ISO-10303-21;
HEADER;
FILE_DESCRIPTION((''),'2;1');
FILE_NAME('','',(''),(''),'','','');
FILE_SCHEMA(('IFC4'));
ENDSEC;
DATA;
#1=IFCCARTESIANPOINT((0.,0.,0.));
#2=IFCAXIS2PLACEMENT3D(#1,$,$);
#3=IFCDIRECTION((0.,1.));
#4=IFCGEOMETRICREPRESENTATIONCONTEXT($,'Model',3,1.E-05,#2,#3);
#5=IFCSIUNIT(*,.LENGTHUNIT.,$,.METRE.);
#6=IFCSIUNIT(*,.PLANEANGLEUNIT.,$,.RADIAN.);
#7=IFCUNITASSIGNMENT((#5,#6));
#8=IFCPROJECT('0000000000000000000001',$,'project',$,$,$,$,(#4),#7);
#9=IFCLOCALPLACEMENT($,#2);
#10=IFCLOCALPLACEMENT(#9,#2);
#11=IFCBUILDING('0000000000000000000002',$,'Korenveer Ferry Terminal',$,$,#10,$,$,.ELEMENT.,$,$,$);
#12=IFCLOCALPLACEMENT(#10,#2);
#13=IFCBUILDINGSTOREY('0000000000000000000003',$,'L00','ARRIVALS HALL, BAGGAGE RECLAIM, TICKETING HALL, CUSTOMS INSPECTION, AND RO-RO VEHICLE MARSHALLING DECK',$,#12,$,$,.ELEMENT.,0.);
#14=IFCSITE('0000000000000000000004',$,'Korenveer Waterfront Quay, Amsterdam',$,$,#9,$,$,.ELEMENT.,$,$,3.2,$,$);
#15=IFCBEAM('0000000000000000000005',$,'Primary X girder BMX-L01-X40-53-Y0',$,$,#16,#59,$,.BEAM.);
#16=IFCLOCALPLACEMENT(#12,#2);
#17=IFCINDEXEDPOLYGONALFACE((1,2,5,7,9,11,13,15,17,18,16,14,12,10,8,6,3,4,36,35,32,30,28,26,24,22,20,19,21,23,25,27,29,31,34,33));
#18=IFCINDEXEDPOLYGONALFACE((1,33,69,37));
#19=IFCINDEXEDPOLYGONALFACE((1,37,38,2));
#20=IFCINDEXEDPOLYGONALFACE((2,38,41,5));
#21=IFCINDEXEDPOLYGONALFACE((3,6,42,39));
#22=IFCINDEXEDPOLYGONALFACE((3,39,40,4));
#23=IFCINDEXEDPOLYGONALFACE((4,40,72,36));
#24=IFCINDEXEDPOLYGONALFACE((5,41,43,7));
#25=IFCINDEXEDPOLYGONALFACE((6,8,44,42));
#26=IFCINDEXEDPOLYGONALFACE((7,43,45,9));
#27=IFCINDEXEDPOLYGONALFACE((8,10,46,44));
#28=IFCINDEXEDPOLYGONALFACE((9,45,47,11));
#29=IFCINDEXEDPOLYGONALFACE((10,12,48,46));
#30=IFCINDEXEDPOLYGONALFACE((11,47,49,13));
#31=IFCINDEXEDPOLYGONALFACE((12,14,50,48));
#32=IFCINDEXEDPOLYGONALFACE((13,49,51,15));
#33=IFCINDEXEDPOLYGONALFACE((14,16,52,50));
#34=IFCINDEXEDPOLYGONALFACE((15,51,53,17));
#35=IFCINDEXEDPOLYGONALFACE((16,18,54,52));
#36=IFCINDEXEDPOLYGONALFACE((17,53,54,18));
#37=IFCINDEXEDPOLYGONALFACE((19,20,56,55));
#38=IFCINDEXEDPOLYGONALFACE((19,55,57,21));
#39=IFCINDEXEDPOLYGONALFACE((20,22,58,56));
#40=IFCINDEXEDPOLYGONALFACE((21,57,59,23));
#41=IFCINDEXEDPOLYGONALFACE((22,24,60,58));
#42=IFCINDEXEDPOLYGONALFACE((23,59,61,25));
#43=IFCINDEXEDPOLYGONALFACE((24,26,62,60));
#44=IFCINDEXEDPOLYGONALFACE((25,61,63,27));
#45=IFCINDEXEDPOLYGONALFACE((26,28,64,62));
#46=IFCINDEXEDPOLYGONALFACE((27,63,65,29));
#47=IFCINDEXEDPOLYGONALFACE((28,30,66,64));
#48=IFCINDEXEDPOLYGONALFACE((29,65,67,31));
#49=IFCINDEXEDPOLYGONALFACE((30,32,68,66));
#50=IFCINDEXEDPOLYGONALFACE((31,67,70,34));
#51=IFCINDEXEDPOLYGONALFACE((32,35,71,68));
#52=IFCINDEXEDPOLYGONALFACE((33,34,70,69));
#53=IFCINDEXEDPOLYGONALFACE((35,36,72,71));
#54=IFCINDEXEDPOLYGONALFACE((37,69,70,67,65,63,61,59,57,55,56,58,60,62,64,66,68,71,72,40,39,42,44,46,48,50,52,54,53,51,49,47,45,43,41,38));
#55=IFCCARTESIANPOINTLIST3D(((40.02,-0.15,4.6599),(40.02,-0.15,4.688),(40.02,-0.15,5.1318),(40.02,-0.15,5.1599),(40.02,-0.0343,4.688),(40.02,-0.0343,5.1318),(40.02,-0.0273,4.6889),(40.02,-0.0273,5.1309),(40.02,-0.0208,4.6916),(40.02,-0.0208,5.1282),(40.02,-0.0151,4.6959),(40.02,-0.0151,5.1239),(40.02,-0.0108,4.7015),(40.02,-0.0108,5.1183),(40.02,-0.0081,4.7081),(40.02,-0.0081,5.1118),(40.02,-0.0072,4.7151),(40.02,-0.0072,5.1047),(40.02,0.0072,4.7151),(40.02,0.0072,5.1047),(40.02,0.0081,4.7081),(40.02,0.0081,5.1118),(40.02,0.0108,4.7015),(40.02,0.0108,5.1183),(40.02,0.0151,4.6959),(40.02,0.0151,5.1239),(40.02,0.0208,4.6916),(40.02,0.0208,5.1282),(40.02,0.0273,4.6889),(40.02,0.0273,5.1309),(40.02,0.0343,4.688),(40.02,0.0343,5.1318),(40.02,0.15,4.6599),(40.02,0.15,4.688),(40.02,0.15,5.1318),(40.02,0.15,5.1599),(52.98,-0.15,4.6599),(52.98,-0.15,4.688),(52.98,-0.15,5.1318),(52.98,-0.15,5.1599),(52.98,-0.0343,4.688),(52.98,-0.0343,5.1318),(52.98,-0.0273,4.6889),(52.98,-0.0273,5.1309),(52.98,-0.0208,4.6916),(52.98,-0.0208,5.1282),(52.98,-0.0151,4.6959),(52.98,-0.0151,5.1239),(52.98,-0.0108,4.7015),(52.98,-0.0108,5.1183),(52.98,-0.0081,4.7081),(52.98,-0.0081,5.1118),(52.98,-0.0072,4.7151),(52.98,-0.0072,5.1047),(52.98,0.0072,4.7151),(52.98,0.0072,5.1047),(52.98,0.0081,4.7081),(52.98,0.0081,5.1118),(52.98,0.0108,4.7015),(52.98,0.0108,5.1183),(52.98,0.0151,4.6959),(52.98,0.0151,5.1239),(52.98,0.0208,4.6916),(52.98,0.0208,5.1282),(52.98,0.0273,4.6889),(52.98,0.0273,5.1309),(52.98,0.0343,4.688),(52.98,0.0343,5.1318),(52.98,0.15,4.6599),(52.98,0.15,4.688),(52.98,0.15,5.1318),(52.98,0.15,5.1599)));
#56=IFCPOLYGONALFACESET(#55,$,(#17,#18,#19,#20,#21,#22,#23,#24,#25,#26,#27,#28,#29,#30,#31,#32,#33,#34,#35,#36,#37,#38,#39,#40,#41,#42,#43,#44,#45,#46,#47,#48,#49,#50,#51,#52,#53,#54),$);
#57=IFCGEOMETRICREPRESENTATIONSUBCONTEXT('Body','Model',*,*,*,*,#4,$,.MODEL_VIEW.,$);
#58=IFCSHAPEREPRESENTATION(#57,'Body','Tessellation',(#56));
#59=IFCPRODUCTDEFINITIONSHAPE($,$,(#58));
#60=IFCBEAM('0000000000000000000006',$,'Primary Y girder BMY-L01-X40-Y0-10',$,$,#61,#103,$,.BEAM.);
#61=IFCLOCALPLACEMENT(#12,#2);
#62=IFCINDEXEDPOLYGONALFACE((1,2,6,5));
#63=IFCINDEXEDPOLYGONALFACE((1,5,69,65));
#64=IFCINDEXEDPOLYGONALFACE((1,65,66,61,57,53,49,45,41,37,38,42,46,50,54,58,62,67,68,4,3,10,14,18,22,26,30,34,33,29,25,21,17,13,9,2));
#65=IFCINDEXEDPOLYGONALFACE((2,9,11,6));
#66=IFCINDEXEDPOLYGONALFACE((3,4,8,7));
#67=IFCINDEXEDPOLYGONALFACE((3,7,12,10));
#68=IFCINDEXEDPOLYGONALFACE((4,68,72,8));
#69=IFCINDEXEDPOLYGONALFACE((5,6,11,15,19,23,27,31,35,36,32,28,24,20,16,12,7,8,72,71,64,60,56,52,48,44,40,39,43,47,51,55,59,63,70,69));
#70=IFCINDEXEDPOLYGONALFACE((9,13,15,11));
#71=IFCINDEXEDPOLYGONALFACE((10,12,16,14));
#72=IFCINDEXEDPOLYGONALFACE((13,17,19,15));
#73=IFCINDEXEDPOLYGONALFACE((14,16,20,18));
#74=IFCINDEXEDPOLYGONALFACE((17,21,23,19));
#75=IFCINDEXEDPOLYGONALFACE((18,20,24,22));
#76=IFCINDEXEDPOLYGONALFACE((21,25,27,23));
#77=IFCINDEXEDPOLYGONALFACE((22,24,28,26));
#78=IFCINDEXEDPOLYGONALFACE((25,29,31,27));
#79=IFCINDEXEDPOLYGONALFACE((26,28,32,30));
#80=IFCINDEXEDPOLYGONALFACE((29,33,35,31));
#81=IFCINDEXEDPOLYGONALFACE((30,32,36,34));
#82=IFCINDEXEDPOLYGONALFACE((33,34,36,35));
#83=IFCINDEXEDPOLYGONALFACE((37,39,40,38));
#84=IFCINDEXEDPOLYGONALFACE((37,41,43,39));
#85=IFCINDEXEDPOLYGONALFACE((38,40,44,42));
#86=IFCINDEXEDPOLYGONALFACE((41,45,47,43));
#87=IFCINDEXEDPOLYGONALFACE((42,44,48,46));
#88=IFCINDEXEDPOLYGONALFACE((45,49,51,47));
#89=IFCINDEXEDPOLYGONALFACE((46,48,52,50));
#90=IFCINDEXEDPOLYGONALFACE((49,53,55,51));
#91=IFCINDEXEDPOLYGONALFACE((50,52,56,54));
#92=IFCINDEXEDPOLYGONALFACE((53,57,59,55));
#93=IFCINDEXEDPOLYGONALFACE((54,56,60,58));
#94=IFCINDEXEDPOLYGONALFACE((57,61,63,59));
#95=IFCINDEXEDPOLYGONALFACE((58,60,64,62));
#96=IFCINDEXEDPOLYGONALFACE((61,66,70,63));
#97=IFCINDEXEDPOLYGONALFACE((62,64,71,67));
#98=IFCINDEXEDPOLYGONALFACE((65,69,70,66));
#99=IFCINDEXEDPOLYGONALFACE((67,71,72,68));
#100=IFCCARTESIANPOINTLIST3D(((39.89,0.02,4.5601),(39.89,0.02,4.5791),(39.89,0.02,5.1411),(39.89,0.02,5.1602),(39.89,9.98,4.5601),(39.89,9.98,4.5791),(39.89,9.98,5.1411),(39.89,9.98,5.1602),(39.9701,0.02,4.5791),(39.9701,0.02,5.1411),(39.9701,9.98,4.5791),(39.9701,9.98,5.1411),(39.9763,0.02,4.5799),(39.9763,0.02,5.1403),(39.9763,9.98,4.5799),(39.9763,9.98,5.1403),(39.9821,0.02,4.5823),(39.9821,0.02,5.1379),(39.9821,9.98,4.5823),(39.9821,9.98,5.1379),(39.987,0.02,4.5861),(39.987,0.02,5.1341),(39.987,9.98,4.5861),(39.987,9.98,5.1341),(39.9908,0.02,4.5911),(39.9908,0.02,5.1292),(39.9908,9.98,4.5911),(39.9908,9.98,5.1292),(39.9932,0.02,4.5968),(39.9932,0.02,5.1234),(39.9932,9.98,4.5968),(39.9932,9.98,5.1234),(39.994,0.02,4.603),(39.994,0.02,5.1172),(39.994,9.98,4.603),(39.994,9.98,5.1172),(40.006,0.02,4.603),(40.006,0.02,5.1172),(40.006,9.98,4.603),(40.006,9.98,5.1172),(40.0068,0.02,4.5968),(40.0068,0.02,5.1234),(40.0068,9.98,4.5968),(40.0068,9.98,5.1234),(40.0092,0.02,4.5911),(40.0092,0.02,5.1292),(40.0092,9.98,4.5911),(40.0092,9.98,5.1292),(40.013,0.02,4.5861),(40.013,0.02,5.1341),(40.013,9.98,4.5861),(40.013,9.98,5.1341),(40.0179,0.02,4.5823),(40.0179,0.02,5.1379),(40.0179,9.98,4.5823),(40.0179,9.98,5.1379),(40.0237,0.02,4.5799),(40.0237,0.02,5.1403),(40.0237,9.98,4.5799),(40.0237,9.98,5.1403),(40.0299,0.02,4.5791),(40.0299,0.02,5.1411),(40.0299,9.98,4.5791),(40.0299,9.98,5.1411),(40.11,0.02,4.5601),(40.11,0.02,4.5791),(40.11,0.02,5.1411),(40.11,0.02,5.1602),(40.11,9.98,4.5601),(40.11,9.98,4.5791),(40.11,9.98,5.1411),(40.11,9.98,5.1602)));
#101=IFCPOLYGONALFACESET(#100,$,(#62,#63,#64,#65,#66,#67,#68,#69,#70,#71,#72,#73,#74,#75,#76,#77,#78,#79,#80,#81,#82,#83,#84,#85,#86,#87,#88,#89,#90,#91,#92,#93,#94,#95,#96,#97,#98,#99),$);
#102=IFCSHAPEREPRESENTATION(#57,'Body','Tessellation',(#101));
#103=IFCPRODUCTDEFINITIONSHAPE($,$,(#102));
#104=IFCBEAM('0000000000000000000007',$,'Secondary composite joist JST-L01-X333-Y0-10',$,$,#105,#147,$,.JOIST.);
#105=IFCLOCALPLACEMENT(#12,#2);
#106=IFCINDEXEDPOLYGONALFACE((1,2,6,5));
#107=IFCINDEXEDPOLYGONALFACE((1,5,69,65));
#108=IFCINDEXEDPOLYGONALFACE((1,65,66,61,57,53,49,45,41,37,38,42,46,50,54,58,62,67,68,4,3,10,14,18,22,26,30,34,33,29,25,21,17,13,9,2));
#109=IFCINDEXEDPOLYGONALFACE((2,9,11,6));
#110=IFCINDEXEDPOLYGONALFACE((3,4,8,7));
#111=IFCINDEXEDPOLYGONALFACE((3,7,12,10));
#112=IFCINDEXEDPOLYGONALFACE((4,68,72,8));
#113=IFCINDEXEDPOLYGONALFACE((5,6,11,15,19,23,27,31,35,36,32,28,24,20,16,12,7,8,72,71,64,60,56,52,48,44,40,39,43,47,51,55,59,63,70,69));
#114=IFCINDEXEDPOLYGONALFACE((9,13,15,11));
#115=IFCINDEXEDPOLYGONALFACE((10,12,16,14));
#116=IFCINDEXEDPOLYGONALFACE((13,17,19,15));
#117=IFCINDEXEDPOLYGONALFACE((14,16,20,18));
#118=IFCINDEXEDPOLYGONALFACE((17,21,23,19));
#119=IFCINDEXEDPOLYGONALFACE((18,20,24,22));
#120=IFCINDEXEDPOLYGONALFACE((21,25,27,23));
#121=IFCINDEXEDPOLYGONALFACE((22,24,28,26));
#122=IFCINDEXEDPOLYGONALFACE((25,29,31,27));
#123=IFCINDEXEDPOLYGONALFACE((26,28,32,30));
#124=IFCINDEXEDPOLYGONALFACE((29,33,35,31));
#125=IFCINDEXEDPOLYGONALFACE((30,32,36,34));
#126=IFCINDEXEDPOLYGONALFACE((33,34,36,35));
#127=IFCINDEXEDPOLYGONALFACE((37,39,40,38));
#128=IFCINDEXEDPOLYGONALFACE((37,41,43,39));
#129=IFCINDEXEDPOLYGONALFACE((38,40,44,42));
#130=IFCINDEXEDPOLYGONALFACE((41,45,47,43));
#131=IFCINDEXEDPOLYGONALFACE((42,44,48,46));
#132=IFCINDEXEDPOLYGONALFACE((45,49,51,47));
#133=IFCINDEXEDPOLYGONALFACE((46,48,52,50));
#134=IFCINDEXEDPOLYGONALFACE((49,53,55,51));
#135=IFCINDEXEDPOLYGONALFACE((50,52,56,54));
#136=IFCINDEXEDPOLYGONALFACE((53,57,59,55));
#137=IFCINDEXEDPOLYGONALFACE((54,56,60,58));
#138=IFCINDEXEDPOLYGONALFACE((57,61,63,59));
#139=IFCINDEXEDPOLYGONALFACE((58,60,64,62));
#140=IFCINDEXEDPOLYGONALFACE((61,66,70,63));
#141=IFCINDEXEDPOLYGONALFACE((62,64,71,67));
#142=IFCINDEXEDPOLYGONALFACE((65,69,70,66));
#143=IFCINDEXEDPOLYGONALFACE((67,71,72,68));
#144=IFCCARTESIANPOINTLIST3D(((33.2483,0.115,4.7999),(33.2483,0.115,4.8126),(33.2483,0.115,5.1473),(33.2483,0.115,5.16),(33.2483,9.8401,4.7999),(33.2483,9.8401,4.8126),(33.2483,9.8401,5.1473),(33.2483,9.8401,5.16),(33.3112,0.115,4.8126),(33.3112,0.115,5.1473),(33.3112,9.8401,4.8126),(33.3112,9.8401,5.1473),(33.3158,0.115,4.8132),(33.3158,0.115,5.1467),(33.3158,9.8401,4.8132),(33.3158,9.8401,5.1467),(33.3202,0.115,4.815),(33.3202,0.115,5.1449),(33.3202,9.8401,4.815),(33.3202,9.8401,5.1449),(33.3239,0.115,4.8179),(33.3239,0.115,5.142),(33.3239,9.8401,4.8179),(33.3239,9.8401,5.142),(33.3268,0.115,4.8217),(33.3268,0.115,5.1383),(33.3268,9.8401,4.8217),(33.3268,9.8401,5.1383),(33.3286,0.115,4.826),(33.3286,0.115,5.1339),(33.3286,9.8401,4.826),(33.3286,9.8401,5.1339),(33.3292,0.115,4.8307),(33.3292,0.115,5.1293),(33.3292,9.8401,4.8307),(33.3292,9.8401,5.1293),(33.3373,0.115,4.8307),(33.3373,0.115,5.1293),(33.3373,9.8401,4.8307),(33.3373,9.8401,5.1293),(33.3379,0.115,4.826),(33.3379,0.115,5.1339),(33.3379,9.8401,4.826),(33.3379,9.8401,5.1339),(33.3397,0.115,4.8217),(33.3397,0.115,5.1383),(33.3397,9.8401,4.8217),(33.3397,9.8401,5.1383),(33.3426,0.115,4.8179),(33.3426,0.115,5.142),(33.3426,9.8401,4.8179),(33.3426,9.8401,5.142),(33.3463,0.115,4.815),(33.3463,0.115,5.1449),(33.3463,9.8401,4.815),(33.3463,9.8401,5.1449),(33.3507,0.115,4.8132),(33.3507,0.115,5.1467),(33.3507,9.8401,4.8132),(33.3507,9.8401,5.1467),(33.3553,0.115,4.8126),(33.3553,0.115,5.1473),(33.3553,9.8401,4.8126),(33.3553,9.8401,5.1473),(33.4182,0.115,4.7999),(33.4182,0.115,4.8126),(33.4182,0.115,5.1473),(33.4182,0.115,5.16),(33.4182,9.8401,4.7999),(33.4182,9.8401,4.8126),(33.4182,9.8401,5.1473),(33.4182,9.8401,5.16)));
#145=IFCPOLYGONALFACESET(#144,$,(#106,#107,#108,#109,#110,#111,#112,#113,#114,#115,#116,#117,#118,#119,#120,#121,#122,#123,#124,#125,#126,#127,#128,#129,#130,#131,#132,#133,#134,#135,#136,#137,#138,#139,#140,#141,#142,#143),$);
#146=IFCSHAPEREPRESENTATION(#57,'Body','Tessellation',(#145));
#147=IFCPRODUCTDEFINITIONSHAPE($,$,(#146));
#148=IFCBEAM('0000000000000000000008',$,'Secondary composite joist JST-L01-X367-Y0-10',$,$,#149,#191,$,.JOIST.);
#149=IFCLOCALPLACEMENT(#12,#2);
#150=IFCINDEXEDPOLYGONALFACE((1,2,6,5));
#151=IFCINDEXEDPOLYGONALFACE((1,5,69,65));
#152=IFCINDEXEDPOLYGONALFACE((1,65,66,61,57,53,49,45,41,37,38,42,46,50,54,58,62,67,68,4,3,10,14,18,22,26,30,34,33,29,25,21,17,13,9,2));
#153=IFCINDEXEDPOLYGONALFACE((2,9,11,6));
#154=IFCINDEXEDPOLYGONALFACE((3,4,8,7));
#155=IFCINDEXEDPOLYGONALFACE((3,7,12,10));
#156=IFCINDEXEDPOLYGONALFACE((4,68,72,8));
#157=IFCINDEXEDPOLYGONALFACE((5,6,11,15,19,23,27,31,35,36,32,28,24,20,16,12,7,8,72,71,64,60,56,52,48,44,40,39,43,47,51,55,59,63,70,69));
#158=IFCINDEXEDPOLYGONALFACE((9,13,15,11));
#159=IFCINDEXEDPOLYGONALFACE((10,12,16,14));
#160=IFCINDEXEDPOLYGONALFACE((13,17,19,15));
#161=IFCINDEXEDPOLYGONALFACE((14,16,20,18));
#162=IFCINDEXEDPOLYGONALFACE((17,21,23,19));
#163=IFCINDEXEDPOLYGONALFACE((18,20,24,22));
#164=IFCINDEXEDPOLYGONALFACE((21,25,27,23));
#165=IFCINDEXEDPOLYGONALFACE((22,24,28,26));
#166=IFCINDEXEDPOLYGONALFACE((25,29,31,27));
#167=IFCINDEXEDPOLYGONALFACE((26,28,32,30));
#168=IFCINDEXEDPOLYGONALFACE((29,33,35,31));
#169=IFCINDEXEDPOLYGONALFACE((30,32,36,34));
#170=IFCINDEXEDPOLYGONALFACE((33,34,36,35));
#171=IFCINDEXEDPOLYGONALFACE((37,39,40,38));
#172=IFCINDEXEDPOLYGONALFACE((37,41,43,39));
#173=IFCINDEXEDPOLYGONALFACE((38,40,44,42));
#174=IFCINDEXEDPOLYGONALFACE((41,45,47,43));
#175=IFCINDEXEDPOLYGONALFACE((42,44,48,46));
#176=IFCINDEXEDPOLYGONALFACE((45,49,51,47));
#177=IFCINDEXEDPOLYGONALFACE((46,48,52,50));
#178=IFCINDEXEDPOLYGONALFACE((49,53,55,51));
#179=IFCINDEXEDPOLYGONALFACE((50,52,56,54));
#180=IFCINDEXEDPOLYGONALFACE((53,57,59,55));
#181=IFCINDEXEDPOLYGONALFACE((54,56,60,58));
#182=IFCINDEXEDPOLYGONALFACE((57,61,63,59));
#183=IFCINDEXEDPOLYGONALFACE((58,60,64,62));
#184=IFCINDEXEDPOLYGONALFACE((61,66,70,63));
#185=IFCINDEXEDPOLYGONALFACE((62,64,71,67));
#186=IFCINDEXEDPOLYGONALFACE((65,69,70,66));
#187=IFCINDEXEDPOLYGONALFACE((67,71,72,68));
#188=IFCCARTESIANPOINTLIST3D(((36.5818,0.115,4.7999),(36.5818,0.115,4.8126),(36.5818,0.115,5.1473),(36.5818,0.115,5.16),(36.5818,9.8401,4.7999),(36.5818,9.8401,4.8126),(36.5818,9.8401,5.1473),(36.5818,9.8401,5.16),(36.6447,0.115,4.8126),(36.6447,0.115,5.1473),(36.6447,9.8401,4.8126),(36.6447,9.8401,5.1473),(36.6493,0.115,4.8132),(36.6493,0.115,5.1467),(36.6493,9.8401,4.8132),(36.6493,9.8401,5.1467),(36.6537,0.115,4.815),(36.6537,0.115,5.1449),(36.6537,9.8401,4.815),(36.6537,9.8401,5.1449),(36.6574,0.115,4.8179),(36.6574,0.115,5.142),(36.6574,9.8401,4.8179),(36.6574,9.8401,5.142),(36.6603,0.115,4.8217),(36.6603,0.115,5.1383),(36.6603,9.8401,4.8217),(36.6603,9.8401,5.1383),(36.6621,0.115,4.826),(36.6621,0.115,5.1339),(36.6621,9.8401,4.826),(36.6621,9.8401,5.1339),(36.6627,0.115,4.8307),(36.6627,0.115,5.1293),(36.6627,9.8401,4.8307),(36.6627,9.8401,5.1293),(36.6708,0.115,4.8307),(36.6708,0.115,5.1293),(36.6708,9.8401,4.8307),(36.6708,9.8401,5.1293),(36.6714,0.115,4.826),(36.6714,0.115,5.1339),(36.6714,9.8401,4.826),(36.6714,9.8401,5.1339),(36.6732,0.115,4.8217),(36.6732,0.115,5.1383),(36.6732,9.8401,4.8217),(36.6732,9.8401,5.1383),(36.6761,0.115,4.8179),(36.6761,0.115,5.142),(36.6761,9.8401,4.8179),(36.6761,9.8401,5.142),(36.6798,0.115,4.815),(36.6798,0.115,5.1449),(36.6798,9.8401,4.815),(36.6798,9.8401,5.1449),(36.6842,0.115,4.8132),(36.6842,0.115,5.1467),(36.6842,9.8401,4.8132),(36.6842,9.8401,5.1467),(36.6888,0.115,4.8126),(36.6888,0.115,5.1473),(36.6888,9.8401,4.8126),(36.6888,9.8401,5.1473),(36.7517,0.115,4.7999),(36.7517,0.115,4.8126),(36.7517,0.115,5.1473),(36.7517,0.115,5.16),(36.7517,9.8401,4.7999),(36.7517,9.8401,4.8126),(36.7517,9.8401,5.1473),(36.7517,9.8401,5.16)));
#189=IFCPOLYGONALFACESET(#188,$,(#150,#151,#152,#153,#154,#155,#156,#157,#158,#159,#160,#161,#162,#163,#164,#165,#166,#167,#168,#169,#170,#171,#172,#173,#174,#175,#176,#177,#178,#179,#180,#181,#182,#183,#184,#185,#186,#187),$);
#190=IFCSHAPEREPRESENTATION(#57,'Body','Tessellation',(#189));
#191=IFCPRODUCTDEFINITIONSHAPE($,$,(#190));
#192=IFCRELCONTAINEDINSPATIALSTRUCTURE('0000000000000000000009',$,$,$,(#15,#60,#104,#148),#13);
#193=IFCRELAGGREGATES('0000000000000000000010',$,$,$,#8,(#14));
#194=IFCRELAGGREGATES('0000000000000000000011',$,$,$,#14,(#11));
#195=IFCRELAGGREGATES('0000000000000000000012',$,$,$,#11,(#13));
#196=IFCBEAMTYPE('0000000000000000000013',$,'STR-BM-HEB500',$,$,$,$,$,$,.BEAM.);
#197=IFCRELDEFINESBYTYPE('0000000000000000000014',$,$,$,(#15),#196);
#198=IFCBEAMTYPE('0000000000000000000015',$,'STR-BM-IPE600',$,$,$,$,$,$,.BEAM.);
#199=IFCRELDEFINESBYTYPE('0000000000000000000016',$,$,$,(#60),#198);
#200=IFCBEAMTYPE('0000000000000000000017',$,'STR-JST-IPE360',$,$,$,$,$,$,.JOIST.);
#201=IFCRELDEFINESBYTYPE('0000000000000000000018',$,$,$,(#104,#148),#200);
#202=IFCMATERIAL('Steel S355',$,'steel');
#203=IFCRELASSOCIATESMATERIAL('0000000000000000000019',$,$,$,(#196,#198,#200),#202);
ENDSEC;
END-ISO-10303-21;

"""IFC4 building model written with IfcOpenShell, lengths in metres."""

from ifc_helpers import new_model, si_unit, direction, frame, origin, origin_2d, place, context, subcontext, project, spatial, i_section, extrude, material, material_profile, profile_set, type_object, element, save


model = new_model("IFC4")

# Units and contexts
model_context = context("Model", 3, precision=1e-05, world=origin(), true_north=direction((0.0, 1.0)))
body_context = subcontext(model_context, "Body", "Model", "MODEL_VIEW")
ifc_project = project(units=[si_unit("LENGTHUNIT", "METRE"), si_unit("PLANEANGLEUNIT", "RADIAN")], contexts=[model_context])

# Site, building, storey
site_placement = place(None, origin())
site = spatial("IfcSite", under=ifc_project, at=site_placement, Name="Korenveer Waterfront Quay, Amsterdam", CompositionType="ELEMENT", RefElevation=3.2)
building_placement = place(site_placement, origin())
building = spatial("IfcBuilding", under=site, at=building_placement, Name="Korenveer Ferry Terminal", CompositionType="ELEMENT")
storey_placement = place(building_placement, origin())
storey = spatial("IfcBuildingStorey", under=building, at=storey_placement, Name="L00", Description="ARRIVALS HALL, BAGGAGE RECLAIM, TICKETING HALL, CUSTOMS INSPECTION, AND RO-RO VEHICLE MARSHALLING DECK", CompositionType="ELEMENT", Elevation=0.0)

# Shared definitions
ifc_material_1 = material(Name="Steel S355", Category="steel")

# Beams
ifc_material_profile_1 = material_profile(ifc_material_1, i_section(OverallWidth=0.3, OverallDepth=0.5, WebThickness=0.0144, FlangeThickness=0.0281, FilletRadius=0.0271, at=origin_2d()), Name="HEB 500")
ifc_profile_set_1 = profile_set([ifc_material_profile_1], Name="Steel S355")
beam_type_1 = type_object("IfcBeamType", Name="STR-BM-HEB500", PredefinedType="BEAM", material=ifc_profile_set_1)
beam_1_placement = place(storey_placement, frame((40.02, 0.0, 4.9099), z_axis=(1.0, 0.0, 0.0), x_axis=(0.0, 1.0, 0.0)))
element("IfcBeam", 1, at=beam_1_placement, inside=storey, type_object=beam_type_1, Name="Primary X girder BMX-L01-X40-53-Y0", PredefinedType="BEAM", context=body_context, shape_type="SweptSolid", body=[
    extrude(i_section(OverallWidth=0.3, OverallDepth=0.5, WebThickness=0.0144, FlangeThickness=0.0281, FilletRadius=0.0271, at=origin_2d()), origin(), (0.0, 0.0, 1.0), 12.96),
])
ifc_material_profile_2 = material_profile(ifc_material_1, i_section(OverallWidth=0.22, OverallDepth=0.6001, WebThickness=0.012, FlangeThickness=0.019, FilletRadius=0.0239, at=origin_2d()), Name="IPE 600")
ifc_profile_set_2 = profile_set([ifc_material_profile_2], Name="Steel S355")
beam_type_2 = type_object("IfcBeamType", Name="STR-BM-IPE600", PredefinedType="BEAM", material=ifc_profile_set_2)
beam_2_placement = place(storey_placement, frame((40.0, 0.02, 4.8601), z_axis=(0.0, 1.0, 0.0), x_axis=(-1.0, 0.0, 0.0)))
element("IfcBeam", 2, at=beam_2_placement, inside=storey, type_object=beam_type_2, Name="Primary Y girder BMY-L01-X40-Y0-10", PredefinedType="BEAM", context=body_context, shape_type="SweptSolid", body=[
    extrude(i_section(OverallWidth=0.22, OverallDepth=0.6001, WebThickness=0.012, FlangeThickness=0.019, FilletRadius=0.0239, at=origin_2d()), origin(), (0.0, 0.0, 1.0), 9.96),
])
ifc_material_profile_3 = material_profile(ifc_material_1, i_section(OverallWidth=0.1699, OverallDepth=0.3601, WebThickness=0.0081, FlangeThickness=0.0127, FilletRadius=0.0181, at=origin_2d()), Name="IPE 360")
ifc_profile_set_3 = profile_set([ifc_material_profile_3], Name="Steel S355")
beam_type_3 = type_object("IfcBeamType", Name="STR-JST-IPE360", PredefinedType="JOIST", material=ifc_profile_set_3)
for number, where, z_axis, x_axis, name in (
    (3, (33.3333, 0.115, 4.98), (0.0, 1.0, 0.0), (-1.0, 0.0, 0.0), "Secondary composite joist JST-L01-X333-Y0-10"),
    (4, (36.6667, 0.115, 4.98), (0.0, 1.0, 0.0), (-1.0, 0.0, 0.0), "Secondary composite joist JST-L01-X367-Y0-10"),
):
    element("IfcBeam", number, at=place(storey_placement, frame(where, z_axis=z_axis, x_axis=x_axis)), inside=storey, type_object=beam_type_3, Name=name, PredefinedType="JOIST", context=body_context, shape_type="SweptSolid", body=[
        extrude(i_section(OverallWidth=0.1699, OverallDepth=0.3601, WebThickness=0.0081, FlangeThickness=0.0127, FilletRadius=0.0181, at=origin_2d()), origin(), (0.0, 0.0, 1.0), 9.7251),
    ])

save(model, "model.ifc")
